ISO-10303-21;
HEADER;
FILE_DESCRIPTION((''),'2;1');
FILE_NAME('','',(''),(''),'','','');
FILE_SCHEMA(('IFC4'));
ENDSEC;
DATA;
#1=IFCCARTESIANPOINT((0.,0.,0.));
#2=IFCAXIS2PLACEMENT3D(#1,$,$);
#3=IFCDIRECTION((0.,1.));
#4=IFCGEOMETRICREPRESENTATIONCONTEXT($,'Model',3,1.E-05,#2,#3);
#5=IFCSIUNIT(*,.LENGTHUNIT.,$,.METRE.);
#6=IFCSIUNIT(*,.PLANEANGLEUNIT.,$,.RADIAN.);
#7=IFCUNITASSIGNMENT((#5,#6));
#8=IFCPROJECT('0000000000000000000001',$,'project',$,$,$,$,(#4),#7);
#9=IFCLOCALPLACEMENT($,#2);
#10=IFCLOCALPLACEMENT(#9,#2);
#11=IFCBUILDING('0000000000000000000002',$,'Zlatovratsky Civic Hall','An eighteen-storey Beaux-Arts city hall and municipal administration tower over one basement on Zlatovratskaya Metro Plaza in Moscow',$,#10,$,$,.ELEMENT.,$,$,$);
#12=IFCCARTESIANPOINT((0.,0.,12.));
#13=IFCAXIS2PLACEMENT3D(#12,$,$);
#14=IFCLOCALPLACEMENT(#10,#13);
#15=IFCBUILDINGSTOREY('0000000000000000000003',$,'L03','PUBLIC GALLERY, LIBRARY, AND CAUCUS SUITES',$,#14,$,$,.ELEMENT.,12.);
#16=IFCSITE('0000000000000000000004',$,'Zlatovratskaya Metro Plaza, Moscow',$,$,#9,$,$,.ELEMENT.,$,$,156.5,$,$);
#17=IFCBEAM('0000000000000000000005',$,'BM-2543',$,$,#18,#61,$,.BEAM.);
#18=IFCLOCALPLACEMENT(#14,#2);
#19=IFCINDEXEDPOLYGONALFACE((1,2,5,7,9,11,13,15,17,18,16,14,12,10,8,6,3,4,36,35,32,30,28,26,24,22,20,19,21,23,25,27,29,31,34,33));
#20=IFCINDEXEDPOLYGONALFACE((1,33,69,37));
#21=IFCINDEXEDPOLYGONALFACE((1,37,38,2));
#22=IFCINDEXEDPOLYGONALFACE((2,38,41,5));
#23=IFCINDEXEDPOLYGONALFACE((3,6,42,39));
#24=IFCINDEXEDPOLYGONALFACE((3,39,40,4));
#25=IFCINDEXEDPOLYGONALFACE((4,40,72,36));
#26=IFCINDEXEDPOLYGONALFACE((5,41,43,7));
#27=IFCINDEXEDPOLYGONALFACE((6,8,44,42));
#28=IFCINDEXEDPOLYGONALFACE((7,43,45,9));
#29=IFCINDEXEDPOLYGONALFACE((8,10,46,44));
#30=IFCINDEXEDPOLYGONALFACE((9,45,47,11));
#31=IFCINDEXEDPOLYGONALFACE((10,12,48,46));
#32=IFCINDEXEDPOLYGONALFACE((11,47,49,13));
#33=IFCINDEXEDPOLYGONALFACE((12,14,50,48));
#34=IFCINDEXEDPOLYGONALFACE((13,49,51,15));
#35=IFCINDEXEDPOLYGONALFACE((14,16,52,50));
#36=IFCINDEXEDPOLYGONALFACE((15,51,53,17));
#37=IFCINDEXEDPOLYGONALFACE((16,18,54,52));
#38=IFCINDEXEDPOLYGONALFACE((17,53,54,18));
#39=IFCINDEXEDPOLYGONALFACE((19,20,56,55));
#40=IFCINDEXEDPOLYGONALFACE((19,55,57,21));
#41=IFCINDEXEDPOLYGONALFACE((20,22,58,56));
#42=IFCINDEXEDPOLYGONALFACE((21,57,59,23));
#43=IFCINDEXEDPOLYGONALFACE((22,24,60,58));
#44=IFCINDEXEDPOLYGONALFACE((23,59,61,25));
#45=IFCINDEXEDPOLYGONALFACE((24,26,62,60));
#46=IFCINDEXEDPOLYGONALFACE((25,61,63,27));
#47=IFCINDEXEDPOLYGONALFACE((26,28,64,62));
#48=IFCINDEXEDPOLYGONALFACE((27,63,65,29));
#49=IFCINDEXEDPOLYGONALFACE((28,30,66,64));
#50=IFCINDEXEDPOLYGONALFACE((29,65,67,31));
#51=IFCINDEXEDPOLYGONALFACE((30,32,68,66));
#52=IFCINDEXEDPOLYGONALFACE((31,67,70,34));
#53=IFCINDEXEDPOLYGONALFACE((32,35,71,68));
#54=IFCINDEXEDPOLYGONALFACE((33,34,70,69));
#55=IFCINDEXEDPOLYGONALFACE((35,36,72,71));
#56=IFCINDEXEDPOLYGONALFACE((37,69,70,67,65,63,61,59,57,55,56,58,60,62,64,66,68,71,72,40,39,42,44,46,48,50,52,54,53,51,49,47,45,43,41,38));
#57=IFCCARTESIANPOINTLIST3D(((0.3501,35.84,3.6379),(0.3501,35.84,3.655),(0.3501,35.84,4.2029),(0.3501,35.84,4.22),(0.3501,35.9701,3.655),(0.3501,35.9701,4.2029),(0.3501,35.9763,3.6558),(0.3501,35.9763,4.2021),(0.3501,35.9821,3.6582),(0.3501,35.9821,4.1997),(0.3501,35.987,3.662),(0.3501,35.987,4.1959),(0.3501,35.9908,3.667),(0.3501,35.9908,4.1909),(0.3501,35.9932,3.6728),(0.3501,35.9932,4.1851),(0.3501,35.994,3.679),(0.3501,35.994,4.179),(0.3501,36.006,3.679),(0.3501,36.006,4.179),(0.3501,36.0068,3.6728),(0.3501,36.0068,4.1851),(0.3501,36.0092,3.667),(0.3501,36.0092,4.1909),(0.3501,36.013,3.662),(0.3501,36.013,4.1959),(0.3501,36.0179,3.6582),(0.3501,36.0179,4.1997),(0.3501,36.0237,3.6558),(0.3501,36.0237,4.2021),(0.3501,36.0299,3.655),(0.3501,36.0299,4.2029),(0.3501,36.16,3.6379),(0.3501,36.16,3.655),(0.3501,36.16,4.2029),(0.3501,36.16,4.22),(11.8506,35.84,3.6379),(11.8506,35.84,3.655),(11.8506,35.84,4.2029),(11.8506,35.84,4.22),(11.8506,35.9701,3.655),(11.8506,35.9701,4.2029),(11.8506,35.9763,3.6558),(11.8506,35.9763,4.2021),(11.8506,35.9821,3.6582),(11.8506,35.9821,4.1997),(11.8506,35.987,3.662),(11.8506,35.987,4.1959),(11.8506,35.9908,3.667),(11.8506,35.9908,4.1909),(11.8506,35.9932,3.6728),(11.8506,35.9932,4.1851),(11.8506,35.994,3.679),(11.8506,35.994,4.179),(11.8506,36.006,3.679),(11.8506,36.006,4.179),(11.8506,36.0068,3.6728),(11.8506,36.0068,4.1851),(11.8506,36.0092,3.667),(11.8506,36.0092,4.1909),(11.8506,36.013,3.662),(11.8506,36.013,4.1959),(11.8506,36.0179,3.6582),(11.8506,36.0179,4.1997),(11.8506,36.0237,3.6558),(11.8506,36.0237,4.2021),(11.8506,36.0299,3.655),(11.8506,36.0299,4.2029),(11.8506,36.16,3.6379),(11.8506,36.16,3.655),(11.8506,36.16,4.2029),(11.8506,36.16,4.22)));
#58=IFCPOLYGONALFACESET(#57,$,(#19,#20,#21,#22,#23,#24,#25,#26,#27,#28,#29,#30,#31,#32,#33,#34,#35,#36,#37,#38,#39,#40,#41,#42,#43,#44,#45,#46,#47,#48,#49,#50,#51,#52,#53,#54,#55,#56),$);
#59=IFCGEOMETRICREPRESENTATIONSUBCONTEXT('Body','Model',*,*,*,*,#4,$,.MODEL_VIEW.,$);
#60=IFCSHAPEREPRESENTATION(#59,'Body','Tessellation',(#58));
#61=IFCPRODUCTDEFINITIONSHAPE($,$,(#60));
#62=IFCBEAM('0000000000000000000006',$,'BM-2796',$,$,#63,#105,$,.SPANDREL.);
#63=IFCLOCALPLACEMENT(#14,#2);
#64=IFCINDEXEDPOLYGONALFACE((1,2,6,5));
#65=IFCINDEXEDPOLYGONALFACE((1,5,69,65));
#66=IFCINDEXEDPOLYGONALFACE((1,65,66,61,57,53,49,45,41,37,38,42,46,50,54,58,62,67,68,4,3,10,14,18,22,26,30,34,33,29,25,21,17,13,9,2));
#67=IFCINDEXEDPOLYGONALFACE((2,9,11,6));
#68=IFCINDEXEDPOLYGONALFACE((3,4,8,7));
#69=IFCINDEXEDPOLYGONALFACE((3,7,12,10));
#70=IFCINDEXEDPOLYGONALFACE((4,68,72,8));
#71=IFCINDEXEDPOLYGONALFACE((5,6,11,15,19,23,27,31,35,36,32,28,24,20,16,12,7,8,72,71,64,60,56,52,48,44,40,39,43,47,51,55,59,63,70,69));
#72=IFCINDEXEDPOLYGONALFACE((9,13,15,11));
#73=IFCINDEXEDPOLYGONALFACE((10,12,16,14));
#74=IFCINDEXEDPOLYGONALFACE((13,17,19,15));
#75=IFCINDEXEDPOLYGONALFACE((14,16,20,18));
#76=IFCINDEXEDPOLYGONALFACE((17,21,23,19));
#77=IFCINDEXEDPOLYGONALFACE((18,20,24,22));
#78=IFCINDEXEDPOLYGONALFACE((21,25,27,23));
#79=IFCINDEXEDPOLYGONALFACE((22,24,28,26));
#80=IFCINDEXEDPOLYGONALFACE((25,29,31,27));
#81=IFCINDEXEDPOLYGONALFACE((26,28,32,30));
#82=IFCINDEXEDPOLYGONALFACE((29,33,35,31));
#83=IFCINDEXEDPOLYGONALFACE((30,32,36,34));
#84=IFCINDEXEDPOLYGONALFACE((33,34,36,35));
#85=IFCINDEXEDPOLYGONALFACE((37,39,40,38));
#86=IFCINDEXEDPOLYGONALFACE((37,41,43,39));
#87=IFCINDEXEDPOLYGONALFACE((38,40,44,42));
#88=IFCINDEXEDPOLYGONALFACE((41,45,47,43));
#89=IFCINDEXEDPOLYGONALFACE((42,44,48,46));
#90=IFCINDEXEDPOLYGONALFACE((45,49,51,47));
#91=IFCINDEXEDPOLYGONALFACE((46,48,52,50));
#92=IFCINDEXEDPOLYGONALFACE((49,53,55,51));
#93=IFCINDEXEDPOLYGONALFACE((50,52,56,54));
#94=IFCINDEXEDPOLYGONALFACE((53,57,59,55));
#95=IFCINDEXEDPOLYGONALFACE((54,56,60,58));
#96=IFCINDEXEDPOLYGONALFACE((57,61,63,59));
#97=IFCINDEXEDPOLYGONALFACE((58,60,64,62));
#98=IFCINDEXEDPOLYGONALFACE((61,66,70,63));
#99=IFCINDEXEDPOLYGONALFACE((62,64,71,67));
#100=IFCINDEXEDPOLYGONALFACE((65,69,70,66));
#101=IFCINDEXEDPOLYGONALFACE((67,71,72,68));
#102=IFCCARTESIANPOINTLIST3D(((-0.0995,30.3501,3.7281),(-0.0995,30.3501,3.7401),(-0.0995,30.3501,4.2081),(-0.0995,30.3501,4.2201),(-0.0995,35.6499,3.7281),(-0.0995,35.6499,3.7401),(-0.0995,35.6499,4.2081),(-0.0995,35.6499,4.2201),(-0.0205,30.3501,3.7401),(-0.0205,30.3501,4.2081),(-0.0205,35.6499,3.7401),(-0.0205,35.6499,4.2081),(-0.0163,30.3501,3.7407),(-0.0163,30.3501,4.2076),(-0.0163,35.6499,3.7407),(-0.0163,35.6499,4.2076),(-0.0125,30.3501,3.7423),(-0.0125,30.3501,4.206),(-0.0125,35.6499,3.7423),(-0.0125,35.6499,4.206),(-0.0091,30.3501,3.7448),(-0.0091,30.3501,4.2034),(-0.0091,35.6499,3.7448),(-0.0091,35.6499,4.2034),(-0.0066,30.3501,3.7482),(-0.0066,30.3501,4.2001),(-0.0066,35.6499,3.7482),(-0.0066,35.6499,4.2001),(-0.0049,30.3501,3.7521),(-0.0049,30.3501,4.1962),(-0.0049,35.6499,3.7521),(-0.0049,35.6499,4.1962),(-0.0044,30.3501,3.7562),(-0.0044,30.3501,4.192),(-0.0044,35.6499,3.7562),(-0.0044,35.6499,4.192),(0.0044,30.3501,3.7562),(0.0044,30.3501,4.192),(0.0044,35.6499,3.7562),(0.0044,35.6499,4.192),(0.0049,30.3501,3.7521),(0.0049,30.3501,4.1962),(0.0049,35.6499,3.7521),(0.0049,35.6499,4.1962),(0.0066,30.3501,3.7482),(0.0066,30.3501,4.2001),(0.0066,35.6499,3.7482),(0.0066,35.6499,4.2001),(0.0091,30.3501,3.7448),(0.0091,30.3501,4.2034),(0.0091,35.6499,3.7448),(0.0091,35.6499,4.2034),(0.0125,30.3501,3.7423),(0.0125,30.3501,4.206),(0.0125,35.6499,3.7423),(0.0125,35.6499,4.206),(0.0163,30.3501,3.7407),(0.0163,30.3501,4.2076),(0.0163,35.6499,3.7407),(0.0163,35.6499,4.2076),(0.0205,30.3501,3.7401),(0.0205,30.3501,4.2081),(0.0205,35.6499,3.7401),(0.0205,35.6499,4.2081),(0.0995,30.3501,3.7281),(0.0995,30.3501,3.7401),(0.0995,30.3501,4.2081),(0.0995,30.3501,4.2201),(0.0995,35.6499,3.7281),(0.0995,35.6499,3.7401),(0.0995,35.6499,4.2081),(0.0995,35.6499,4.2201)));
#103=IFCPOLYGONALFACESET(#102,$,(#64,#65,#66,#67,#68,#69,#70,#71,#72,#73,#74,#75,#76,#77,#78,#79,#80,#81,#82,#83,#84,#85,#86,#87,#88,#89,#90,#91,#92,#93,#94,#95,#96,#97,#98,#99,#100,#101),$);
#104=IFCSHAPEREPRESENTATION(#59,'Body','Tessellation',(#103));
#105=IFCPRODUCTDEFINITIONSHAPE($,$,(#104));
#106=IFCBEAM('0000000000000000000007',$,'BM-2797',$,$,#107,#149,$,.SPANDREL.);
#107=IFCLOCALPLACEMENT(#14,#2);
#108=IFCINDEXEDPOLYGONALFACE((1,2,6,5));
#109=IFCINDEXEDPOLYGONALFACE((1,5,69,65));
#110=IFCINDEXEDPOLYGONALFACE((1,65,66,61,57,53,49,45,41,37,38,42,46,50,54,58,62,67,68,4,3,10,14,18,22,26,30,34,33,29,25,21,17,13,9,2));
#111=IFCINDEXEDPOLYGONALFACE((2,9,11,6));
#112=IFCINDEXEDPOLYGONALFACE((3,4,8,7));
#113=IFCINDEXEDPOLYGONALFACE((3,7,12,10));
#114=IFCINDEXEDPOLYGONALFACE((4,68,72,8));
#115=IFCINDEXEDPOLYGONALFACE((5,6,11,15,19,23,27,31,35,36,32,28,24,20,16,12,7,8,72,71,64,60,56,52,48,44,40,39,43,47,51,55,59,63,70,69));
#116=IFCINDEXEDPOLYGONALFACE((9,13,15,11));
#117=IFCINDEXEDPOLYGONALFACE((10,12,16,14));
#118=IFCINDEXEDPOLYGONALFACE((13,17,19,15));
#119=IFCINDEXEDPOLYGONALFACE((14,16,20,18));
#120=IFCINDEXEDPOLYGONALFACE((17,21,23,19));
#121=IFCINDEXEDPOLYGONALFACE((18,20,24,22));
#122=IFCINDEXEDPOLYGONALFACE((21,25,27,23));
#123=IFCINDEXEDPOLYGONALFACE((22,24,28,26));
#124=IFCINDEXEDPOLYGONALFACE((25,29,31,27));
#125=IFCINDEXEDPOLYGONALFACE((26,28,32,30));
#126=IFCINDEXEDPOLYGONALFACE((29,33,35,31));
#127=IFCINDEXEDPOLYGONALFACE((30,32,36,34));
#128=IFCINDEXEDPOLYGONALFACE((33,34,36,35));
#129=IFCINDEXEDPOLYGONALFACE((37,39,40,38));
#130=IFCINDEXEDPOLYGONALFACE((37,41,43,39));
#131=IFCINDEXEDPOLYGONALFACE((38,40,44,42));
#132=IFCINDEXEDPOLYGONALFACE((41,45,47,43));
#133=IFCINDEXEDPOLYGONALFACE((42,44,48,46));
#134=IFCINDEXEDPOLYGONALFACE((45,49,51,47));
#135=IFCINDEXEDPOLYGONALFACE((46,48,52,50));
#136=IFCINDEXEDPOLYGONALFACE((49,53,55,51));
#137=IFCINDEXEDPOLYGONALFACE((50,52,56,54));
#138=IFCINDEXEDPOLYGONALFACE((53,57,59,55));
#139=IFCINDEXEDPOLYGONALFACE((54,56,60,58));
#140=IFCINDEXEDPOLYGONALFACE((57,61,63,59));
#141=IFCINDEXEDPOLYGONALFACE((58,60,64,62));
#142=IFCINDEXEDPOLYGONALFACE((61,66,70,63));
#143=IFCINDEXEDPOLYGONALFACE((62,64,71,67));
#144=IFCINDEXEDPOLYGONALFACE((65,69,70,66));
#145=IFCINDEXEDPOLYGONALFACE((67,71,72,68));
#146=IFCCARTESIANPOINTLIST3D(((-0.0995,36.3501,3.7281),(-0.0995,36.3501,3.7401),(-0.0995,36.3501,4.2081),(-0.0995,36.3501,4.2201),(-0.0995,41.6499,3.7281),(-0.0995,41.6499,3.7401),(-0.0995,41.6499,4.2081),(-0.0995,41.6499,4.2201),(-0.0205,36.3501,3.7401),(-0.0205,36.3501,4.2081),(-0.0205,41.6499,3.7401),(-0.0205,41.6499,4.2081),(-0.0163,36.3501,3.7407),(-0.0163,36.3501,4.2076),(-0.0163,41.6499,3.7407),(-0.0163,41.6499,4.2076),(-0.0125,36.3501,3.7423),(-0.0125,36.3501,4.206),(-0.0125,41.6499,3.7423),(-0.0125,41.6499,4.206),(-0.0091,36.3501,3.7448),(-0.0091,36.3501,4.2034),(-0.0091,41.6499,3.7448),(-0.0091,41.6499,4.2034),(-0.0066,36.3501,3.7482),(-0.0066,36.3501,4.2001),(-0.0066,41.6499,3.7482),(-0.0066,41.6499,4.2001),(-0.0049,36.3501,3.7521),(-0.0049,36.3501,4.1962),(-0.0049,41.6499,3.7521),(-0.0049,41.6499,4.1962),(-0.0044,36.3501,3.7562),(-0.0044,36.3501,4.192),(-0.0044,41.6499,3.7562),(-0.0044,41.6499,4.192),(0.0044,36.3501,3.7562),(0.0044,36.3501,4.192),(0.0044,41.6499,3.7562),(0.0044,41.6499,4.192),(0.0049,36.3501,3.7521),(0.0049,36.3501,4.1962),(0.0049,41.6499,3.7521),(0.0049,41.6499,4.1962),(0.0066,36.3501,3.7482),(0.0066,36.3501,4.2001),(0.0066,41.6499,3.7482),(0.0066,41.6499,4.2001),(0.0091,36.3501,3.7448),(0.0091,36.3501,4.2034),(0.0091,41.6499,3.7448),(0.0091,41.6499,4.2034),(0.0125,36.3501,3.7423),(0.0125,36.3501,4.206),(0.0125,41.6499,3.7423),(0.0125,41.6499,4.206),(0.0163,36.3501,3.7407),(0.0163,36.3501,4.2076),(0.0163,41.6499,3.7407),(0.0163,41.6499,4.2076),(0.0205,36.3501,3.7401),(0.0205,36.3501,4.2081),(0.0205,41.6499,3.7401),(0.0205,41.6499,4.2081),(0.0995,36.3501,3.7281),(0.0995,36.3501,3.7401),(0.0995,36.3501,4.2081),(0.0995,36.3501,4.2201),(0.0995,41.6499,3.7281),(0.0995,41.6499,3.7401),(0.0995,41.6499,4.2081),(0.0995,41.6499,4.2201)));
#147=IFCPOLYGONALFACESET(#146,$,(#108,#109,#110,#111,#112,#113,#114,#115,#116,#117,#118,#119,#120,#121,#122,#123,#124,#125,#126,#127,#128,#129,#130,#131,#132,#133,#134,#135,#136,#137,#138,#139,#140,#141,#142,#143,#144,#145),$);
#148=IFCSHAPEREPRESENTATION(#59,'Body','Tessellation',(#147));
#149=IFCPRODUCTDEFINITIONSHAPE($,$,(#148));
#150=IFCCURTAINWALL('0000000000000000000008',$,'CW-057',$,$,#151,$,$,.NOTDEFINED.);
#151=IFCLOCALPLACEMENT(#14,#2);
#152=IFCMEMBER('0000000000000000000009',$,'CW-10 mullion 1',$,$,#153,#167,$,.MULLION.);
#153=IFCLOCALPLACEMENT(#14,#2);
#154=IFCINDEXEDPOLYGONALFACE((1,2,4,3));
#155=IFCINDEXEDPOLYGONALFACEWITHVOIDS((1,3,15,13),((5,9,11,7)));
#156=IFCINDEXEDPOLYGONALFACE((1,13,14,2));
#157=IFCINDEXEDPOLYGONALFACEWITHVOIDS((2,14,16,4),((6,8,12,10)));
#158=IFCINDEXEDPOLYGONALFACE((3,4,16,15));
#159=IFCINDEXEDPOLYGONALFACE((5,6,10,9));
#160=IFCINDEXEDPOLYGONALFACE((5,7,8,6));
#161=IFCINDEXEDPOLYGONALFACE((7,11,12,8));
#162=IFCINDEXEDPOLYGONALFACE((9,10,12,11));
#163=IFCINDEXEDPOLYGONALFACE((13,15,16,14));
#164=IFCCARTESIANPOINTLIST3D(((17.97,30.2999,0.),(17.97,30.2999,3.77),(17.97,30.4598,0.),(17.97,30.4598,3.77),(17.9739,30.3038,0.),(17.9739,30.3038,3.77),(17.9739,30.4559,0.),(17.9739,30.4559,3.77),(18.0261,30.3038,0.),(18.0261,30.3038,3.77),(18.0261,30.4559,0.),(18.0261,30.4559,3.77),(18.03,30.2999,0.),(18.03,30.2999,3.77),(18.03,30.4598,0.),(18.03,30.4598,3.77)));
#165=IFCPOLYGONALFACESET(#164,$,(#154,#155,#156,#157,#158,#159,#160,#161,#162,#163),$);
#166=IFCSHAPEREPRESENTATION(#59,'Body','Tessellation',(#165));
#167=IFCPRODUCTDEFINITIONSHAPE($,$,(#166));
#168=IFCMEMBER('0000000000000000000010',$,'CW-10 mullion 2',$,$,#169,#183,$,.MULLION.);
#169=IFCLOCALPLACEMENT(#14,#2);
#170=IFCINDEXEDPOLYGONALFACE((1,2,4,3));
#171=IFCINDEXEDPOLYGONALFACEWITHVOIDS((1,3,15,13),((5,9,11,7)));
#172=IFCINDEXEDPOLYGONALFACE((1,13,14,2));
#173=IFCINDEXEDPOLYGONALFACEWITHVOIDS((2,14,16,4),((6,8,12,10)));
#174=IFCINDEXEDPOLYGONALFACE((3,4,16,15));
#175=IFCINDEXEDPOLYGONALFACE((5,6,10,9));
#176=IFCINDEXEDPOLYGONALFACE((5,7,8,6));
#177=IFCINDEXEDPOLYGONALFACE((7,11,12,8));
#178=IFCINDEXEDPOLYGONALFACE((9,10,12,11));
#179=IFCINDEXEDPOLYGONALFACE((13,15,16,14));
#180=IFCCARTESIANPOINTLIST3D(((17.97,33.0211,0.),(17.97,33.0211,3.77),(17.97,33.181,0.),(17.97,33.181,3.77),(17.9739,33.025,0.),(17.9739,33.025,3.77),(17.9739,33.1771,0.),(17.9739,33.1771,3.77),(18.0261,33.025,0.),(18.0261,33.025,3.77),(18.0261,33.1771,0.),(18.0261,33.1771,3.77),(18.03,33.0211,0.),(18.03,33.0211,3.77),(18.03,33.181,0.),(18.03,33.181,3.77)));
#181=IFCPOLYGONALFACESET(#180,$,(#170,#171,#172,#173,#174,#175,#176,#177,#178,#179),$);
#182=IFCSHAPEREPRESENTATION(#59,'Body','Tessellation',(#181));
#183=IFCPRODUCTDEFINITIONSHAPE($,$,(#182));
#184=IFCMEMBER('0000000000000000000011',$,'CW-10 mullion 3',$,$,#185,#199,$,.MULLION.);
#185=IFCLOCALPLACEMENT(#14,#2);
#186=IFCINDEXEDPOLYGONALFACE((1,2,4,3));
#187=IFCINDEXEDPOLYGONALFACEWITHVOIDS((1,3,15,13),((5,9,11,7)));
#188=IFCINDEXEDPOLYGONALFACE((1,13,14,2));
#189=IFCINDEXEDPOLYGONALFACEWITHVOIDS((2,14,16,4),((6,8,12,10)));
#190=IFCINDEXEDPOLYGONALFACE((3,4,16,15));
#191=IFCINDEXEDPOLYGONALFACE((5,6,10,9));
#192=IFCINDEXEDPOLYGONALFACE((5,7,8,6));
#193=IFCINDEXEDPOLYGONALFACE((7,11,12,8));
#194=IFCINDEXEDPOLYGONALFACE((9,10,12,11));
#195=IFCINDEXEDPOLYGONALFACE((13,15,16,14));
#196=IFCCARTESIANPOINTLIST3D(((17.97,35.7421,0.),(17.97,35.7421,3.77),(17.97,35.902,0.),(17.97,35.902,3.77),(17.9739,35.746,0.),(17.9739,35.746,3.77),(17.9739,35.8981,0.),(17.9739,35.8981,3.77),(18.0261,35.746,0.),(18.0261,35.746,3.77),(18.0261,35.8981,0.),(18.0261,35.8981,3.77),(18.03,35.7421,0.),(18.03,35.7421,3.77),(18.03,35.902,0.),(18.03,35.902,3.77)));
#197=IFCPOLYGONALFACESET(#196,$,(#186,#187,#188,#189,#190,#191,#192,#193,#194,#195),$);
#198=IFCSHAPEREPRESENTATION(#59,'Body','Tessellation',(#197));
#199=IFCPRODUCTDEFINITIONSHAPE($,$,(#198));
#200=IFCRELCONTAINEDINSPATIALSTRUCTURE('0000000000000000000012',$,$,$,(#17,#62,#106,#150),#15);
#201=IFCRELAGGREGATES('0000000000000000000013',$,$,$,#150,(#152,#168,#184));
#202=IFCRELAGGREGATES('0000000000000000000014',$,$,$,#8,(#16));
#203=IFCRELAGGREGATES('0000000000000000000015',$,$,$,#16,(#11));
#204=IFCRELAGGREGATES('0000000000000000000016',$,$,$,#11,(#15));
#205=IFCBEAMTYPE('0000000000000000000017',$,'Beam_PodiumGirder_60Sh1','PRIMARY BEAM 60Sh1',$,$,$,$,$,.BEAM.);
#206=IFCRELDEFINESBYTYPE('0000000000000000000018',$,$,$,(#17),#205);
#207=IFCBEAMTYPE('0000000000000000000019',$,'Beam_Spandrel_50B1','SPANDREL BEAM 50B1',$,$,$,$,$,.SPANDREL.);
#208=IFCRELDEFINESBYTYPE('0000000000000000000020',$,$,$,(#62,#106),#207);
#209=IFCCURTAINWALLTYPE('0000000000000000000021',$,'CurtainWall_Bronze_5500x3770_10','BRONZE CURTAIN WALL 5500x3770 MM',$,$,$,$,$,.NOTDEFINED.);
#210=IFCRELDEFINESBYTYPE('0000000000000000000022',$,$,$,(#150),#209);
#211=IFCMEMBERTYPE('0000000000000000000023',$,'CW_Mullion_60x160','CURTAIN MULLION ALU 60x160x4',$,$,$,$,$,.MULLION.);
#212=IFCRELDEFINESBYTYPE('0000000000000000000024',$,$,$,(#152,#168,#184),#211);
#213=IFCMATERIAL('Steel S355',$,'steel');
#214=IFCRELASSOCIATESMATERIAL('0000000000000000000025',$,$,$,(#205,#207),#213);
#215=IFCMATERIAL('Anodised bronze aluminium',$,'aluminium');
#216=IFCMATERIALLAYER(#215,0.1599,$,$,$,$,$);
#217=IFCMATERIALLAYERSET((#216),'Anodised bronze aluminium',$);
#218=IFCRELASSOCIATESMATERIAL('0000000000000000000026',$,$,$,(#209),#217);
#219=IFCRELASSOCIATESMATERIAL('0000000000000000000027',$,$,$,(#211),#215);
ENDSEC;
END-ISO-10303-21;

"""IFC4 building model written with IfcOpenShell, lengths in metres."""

from ifc_helpers import new_model, si_unit, direction, frame, origin, origin_2d, place, context, subcontext, project, spatial, hollow_rectangle, i_section, extrude, material, layer, layer_set, material_profile, profile_set, type_object, element, aggregate, save


model = new_model("IFC4")

# Units and contexts
model_context = context("Model", 3, precision=1e-05, world=origin(), true_north=direction((0.0, 1.0)))
body_context = subcontext(model_context, "Body", "Model", "MODEL_VIEW")
ifc_project = project(units=[si_unit("LENGTHUNIT", "METRE"), si_unit("PLANEANGLEUNIT", "RADIAN")], contexts=[model_context])

# Site, building, storey
site_placement = place(None, origin())
site = spatial("IfcSite", under=ifc_project, at=site_placement, Name="Zlatovratskaya Metro Plaza, Moscow", CompositionType="ELEMENT", RefElevation=156.5)
building_placement = place(site_placement, origin())
building = spatial("IfcBuilding", under=site, at=building_placement, Name="Zlatovratsky Civic Hall", Description="An eighteen-storey Beaux-Arts city hall and municipal administration tower over one basement on Zlatovratskaya Metro Plaza in Moscow", CompositionType="ELEMENT")
storey_placement = place(building_placement, frame((0.0, 0.0, 12.0)))
storey = spatial("IfcBuildingStorey", under=building, at=storey_placement, Name="L03", Description="PUBLIC GALLERY, LIBRARY, AND CAUCUS SUITES", CompositionType="ELEMENT", Elevation=12.0)

# Shared definitions
ifc_material_1 = material(Name="Steel S355", Category="steel")

# Beams
ifc_material_profile_1 = material_profile(ifc_material_1, i_section(OverallWidth=0.3201, OverallDepth=0.582, WebThickness=0.012, FlangeThickness=0.0171, FilletRadius=0.0239, at=origin_2d()), Name="60Sh1")
ifc_profile_set_1 = profile_set([ifc_material_profile_1], Name="Steel S355")
beam_type_1 = type_object("IfcBeamType", Name="Beam_PodiumGirder_60Sh1", Description="PRIMARY BEAM 60Sh1", PredefinedType="BEAM", material=ifc_profile_set_1)
beam_1_placement = place(storey_placement, frame((0.3501, 36.0, 3.929), z_axis=(1.0, 0.0, 0.0), x_axis=(0.0, 1.0, 0.0)))
element("IfcBeam", 1, at=beam_1_placement, inside=storey, type_object=beam_type_1, Name="BM-2543", PredefinedType="BEAM", context=body_context, shape_type="SweptSolid", body=[
    extrude(i_section(OverallWidth=0.3201, OverallDepth=0.582, WebThickness=0.012, FlangeThickness=0.0171, FilletRadius=0.0239, at=origin_2d()), origin(), (0.0, 0.0, 1.0), 11.5005),
])
ifc_material_profile_2 = material_profile(ifc_material_1, i_section(OverallWidth=0.199, OverallDepth=0.4919, WebThickness=0.0088, FlangeThickness=0.012, FilletRadius=0.0161, at=origin_2d()), Name="50B1")
ifc_profile_set_2 = profile_set([ifc_material_profile_2], Name="Steel S355")
beam_type_2 = type_object("IfcBeamType", Name="Beam_Spandrel_50B1", Description="SPANDREL BEAM 50B1", PredefinedType="SPANDREL", material=ifc_profile_set_2)
for number, where, z_axis, x_axis, name in (
    (2, (0.0, 30.3501, 3.9741), (0.0, 1.0, 0.0), (-1.0, 0.0, 0.0), "BM-2796"),
    (3, (0.0, 36.3501, 3.9741), (0.0, 1.0, 0.0), (-1.0, 0.0, 0.0), "BM-2797"),
):
    element("IfcBeam", number, at=place(storey_placement, frame(where, z_axis=z_axis, x_axis=x_axis)), inside=storey, type_object=beam_type_2, Name=name, PredefinedType="SPANDREL", context=body_context, shape_type="SweptSolid", body=[
        extrude(i_section(OverallWidth=0.199, OverallDepth=0.4919, WebThickness=0.0088, FlangeThickness=0.012, FilletRadius=0.0161, at=origin_2d()), origin(), (0.0, 0.0, 1.0), 5.2998),
    ])

# Curtain wall, members
ifc_material_2 = material(Name="Anodised bronze aluminium", Category="aluminium")
ifc_layer_1 = layer(ifc_material_2, 0.1599)
ifc_layer_set_1 = layer_set([ifc_layer_1], Name="Anodised bronze aluminium")
curtain_wall_type_1 = type_object("IfcCurtainWallType", Name="CurtainWall_Bronze_5500x3770_10", Description="BRONZE CURTAIN WALL 5500x3770 MM", PredefinedType="NOTDEFINED", material=ifc_layer_set_1)
curtain_wall_1_placement = place(storey_placement, origin())
curtain_wall_1 = element("IfcCurtainWall", 4, at=curtain_wall_1_placement, inside=storey, type_object=curtain_wall_type_1, Name="CW-057", PredefinedType="NOTDEFINED")
ifc_material_profile_3 = material_profile(ifc_material_2, hollow_rectangle(XDim=0.0601, YDim=0.1599, WallThickness=0.0039, at=origin_2d()), Name="ALU 60x160x4")
ifc_profile_set_3 = profile_set([ifc_material_profile_3], Name="Anodised bronze aluminium")
member_type_1 = type_object("IfcMemberType", Name="CW_Mullion_60x160", Description="CURTAIN MULLION ALU 60x160x4", PredefinedType="MULLION", material=ifc_profile_set_3)
member_1_placement = place(storey_placement, frame((18.0, 30.3799, 0.0), z_axis=(0.0, 0.0, 1.0), x_axis=(-1.0, 0.0, 0.0)))
member_1 = element("IfcMember", 5, at=member_1_placement, type_object=member_type_1, Name="CW-10 mullion 1", PredefinedType="MULLION", context=body_context, shape_type="SweptSolid", body=[
    extrude(hollow_rectangle(XDim=0.0601, YDim=0.1599, WallThickness=0.0039, at=origin_2d()), origin(), (0.0, 0.0, 1.0), 3.77),
])
member_2_placement = place(storey_placement, frame((18.0, 33.1011, 0.0), z_axis=(0.0, 0.0, 1.0), x_axis=(-1.0, 0.0, 0.0)))
member_2 = element("IfcMember", 6, at=member_2_placement, type_object=member_type_1, Name="CW-10 mullion 2", PredefinedType="MULLION", context=body_context, shape_type="SweptSolid", body=[
    extrude(hollow_rectangle(XDim=0.0601, YDim=0.1599, WallThickness=0.0039, at=origin_2d()), origin(), (0.0, 0.0, 1.0), 3.77),
])
member_3_placement = place(storey_placement, frame((18.0, 35.822, 0.0), z_axis=(0.0, 0.0, 1.0), x_axis=(-1.0, 0.0, 0.0)))
member_3 = element("IfcMember", 7, at=member_3_placement, type_object=member_type_1, Name="CW-10 mullion 3", PredefinedType="MULLION", context=body_context, shape_type="SweptSolid", body=[
    extrude(hollow_rectangle(XDim=0.0601, YDim=0.1599, WallThickness=0.0039, at=origin_2d()), origin(), (0.0, 0.0, 1.0), 3.77),
])

aggregate(curtain_wall_1, [member_1, member_2, member_3])

save(model, "model.ifc")
